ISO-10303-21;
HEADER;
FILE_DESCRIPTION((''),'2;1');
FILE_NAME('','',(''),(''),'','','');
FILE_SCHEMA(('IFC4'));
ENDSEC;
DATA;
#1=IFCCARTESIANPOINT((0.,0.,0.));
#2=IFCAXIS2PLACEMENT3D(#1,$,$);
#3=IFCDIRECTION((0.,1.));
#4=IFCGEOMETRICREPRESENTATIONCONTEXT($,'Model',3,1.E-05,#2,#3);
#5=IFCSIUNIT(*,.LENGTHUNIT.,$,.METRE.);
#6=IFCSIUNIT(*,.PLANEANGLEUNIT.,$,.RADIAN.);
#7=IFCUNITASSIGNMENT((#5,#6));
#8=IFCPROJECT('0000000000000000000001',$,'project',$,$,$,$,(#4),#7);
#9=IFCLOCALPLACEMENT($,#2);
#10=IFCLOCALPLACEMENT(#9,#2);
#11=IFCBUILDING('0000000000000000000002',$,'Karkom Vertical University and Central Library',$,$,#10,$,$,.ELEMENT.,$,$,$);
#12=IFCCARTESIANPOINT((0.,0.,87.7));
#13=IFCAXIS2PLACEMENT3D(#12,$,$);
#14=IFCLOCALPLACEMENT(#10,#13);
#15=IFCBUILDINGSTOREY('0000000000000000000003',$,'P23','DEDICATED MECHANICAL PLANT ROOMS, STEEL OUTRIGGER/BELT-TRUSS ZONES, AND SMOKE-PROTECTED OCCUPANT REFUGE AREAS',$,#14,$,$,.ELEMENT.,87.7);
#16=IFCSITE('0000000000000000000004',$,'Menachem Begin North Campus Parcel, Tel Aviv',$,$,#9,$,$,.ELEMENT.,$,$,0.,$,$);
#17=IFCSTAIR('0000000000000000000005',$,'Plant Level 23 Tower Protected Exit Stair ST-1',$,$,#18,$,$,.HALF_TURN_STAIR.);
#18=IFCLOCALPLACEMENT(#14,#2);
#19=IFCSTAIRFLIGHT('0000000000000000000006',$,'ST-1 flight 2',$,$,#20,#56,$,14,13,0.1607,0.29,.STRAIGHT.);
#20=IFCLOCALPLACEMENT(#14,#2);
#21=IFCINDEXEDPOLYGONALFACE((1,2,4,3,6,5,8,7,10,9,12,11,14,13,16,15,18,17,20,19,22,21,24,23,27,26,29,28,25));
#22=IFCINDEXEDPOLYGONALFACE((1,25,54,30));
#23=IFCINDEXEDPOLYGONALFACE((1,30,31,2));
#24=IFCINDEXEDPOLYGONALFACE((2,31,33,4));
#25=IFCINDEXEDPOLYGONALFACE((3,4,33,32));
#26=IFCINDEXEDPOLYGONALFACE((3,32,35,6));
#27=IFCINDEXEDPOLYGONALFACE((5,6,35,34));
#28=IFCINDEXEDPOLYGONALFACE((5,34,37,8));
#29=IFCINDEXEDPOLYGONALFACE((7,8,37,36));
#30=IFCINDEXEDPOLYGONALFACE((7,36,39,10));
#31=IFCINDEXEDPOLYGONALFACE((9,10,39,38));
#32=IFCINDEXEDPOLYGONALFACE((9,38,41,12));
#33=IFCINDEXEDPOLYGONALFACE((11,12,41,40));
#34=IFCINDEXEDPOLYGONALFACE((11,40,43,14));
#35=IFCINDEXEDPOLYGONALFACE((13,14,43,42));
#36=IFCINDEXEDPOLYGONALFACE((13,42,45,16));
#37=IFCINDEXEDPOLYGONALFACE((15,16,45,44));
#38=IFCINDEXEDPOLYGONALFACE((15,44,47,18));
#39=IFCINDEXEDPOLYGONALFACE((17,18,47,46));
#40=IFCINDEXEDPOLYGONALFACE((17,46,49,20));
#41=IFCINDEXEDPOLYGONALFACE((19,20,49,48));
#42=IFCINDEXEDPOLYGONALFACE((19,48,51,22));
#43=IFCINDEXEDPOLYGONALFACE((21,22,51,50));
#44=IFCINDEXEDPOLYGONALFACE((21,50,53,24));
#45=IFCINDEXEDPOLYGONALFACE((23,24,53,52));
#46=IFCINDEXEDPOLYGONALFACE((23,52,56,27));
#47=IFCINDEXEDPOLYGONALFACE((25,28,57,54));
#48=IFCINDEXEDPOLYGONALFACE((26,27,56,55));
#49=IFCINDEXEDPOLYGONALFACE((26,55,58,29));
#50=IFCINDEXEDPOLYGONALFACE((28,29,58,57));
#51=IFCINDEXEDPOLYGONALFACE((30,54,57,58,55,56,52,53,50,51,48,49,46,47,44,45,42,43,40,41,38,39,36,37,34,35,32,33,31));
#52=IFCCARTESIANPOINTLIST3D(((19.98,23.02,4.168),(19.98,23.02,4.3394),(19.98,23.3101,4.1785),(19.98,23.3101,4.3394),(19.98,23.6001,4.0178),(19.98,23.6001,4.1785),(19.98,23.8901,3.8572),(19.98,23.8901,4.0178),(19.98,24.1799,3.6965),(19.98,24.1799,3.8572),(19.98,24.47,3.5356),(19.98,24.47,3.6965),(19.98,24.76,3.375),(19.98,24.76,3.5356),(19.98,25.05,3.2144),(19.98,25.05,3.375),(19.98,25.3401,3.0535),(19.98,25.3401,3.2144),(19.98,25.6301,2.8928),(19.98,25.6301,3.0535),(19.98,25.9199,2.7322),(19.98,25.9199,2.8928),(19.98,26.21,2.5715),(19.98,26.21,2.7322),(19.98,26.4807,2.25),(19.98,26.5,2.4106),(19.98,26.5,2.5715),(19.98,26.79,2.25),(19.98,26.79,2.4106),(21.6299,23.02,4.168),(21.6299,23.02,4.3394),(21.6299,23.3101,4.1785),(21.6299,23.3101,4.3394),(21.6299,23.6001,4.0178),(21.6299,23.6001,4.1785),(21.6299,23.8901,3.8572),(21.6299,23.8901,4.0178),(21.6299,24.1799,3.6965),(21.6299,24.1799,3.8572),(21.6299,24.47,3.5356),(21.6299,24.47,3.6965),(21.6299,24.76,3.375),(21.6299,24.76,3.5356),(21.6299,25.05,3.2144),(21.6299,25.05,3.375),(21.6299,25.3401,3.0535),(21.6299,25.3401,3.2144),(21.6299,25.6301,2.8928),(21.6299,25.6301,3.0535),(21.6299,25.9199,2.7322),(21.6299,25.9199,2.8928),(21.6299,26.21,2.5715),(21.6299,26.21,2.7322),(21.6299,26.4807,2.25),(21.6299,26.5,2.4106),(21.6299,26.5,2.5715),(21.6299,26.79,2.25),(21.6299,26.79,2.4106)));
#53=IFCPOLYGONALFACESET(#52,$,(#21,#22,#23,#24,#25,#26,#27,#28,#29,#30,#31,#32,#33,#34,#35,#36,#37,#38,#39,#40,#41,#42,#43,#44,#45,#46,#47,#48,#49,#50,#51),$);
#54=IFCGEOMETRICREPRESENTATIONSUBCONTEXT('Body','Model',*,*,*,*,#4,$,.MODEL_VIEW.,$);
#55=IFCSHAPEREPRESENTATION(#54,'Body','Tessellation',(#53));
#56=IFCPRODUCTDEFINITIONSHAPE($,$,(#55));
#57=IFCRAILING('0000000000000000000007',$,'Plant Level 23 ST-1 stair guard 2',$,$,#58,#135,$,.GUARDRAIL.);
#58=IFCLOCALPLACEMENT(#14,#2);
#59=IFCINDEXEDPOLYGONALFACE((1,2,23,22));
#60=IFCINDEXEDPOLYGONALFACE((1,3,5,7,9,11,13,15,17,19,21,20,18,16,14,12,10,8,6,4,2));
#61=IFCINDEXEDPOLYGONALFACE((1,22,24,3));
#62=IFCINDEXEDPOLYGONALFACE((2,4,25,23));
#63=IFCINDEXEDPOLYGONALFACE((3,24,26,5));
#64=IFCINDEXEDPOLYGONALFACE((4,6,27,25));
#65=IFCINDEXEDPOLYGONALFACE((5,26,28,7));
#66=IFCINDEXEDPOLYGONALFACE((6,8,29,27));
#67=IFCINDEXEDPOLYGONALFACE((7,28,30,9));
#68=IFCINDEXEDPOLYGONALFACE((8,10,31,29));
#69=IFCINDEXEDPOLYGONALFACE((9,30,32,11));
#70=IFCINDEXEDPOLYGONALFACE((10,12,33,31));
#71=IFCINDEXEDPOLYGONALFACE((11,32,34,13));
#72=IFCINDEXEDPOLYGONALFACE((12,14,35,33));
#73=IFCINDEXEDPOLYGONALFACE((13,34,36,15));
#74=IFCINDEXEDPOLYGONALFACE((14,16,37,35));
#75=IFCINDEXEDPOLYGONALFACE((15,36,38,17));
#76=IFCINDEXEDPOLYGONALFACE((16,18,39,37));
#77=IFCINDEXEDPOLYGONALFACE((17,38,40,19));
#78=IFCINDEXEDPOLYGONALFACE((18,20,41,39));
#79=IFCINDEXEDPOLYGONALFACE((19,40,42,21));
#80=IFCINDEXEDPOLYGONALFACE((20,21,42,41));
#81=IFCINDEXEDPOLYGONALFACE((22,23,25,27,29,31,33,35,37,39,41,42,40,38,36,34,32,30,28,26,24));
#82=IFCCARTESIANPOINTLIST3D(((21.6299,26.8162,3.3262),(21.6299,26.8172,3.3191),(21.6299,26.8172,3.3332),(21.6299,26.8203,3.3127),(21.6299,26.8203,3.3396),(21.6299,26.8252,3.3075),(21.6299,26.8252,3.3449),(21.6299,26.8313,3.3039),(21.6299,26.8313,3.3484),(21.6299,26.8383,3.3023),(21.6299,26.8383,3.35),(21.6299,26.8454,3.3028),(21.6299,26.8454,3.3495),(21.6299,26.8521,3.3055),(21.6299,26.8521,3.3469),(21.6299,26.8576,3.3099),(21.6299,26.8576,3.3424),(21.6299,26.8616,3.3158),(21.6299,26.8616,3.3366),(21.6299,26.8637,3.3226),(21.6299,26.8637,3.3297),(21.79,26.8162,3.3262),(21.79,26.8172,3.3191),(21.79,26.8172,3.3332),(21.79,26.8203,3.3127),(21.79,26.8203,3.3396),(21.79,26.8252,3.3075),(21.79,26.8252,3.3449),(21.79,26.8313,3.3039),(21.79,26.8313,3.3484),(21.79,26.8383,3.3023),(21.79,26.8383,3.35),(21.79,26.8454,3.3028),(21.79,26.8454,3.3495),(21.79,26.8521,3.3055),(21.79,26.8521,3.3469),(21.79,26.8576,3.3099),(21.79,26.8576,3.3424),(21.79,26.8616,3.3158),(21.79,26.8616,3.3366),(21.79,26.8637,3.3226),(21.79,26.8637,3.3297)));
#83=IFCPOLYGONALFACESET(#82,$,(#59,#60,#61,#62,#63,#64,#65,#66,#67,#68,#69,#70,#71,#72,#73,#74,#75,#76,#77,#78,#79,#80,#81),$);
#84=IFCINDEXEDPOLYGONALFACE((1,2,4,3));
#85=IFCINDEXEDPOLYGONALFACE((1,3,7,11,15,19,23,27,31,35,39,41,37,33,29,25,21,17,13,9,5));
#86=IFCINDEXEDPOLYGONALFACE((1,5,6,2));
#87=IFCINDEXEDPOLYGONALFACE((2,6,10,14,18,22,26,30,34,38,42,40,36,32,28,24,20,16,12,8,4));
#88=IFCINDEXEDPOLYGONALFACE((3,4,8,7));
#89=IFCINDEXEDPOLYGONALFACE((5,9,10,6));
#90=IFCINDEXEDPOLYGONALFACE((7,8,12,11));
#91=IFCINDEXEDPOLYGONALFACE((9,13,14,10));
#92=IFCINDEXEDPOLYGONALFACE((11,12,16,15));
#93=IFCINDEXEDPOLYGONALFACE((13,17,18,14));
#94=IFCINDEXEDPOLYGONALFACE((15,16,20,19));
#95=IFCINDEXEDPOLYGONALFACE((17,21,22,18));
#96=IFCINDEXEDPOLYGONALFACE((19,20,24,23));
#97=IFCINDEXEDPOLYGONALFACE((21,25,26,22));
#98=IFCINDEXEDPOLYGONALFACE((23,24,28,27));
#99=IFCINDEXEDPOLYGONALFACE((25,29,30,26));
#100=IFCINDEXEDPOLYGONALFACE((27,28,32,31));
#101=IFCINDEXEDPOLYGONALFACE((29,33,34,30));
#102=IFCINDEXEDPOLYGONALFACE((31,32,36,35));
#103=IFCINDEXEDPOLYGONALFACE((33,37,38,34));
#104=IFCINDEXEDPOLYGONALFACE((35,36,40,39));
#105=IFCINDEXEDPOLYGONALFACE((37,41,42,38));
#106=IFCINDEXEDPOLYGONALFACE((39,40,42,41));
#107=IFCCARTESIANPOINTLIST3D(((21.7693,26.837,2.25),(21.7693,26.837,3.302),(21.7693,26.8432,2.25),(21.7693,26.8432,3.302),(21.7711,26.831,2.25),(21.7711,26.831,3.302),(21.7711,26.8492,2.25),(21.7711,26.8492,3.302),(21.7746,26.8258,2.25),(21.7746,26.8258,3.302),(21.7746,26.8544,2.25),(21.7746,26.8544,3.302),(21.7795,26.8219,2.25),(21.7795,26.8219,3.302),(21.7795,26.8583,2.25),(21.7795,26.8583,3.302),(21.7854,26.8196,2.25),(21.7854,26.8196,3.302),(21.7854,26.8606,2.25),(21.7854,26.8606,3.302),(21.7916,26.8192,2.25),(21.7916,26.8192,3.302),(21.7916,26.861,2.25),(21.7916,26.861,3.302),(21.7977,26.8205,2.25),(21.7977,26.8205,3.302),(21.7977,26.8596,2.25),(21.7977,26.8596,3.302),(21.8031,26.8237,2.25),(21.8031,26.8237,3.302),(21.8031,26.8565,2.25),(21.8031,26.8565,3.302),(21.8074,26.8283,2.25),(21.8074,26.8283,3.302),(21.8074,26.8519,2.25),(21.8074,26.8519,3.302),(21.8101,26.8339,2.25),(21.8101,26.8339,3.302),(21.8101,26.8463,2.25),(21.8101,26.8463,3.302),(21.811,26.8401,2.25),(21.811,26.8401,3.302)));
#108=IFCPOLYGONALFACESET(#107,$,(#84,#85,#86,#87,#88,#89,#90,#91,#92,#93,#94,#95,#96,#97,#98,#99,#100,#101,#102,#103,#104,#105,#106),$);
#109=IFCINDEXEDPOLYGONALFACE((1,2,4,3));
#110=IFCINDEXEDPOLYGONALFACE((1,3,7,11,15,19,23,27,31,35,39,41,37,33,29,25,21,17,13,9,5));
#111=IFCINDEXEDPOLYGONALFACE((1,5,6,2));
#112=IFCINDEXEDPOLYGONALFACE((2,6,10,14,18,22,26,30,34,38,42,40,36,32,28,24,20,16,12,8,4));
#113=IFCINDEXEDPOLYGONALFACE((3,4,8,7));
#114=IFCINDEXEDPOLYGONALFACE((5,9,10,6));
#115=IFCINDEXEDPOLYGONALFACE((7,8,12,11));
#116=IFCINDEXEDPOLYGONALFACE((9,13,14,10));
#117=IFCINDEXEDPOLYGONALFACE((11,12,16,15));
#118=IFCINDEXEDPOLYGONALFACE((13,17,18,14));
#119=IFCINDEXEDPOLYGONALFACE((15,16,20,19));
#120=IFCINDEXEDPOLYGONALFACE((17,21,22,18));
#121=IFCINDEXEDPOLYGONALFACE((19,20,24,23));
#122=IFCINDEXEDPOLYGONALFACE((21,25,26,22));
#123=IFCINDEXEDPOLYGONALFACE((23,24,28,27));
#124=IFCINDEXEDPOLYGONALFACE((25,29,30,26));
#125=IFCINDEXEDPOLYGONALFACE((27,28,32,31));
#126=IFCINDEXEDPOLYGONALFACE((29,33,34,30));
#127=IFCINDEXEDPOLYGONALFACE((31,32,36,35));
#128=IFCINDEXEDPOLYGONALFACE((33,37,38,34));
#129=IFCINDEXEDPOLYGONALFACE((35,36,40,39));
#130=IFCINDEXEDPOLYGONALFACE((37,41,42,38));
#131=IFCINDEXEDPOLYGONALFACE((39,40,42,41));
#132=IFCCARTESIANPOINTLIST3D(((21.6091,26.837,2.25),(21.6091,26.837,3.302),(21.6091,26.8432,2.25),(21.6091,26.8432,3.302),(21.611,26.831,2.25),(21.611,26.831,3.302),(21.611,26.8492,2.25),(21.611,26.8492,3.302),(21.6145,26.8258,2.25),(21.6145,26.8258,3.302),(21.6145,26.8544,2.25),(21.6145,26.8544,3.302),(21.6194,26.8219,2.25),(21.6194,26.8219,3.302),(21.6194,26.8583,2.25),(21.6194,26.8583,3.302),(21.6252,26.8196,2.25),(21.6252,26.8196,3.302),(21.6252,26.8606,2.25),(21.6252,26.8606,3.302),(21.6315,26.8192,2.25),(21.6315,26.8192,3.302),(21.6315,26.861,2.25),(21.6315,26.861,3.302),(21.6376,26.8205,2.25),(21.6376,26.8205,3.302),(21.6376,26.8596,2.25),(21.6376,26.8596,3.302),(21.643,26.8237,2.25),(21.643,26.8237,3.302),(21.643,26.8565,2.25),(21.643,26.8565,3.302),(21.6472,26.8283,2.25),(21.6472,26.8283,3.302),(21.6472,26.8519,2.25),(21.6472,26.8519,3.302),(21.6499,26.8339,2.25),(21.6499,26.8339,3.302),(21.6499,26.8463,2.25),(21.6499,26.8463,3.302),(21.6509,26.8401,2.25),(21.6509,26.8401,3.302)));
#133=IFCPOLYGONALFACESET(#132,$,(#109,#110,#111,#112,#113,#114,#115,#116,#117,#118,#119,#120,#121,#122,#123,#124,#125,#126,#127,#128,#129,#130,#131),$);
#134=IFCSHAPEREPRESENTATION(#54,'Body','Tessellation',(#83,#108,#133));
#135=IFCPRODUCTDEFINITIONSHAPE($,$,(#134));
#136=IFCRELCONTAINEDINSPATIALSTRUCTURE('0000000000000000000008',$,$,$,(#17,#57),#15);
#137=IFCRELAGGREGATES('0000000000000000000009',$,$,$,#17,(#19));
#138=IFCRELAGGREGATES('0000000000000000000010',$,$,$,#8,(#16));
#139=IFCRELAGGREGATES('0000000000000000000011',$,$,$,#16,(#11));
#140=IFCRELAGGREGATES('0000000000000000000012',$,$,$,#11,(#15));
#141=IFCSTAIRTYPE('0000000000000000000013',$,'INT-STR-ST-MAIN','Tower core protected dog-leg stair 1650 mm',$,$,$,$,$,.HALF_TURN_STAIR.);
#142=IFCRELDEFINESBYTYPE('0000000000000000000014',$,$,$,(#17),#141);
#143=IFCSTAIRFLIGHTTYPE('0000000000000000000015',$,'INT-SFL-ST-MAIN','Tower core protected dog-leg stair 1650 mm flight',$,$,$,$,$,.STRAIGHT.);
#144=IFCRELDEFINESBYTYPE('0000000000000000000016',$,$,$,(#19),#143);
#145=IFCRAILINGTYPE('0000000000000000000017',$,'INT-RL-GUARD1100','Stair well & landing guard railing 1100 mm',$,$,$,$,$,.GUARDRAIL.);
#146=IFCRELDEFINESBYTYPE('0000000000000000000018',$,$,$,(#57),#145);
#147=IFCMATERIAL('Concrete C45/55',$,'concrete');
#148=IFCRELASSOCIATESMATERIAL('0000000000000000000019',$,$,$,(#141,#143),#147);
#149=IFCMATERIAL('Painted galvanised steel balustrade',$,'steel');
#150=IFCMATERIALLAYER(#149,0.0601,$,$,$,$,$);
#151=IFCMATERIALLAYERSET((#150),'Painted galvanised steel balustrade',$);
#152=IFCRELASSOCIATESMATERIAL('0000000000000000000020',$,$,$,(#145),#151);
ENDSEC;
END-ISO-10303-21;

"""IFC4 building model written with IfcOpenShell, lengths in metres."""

from ifc_helpers import new_model, si_unit, direction, frame, origin, origin_2d, place, context, subcontext, project, spatial, polyline, circle, outline, extrude, material, layer, layer_set, type_object, element, aggregate, save


model = new_model("IFC4")

# Units and contexts
model_context = context("Model", 3, precision=1e-05, world=origin(), true_north=direction((0.0, 1.0)))
body_context = subcontext(model_context, "Body", "Model", "MODEL_VIEW")
ifc_project = project(units=[si_unit("LENGTHUNIT", "METRE"), si_unit("PLANEANGLEUNIT", "RADIAN")], contexts=[model_context])

# Site, building, storey
site_placement = place(None, origin())
site = spatial("IfcSite", under=ifc_project, at=site_placement, Name="Menachem Begin North Campus Parcel, Tel Aviv", CompositionType="ELEMENT", RefElevation=0.0)
building_placement = place(site_placement, origin())
building = spatial("IfcBuilding", under=site, at=building_placement, Name="Karkom Vertical University and Central Library", CompositionType="ELEMENT")
storey_placement = place(building_placement, frame((0.0, 0.0, 87.7)))
storey = spatial("IfcBuildingStorey", under=building, at=storey_placement, Name="P23", Description="DEDICATED MECHANICAL PLANT ROOMS, STEEL OUTRIGGER/BELT-TRUSS ZONES, AND SMOKE-PROTECTED OCCUPANT REFUGE AREAS", CompositionType="ELEMENT", Elevation=87.7)

# Shared definitions
ifc_material_1 = material(Name="Concrete C45/55", Category="concrete")

# Stair, stair flight
stair_type = type_object("IfcStairType", Name="INT-STR-ST-MAIN", Description="Tower core protected dog-leg stair 1650 mm", PredefinedType="HALF_TURN_STAIR", material=ifc_material_1)
stair_placement = place(storey_placement, origin())
stair = element("IfcStair", 1, at=stair_placement, inside=storey, type_object=stair_type, Name="Plant Level 23 Tower Protected Exit Stair ST-1", PredefinedType="HALF_TURN_STAIR")
stair_flight_type = type_object("IfcStairFlightType", Name="INT-SFL-ST-MAIN", Description="Tower core protected dog-leg stair 1650 mm flight", PredefinedType="STRAIGHT", material=ifc_material_1)
stair_flight_placement = place(storey_placement, frame((20.8049, 26.79, 2.25), z_axis=(0.0, 0.0, 1.0), x_axis=(0.0, -1.0, 0.0)))
stair_flight = element("IfcStairFlight", 2, at=stair_flight_placement, type_object=stair_flight_type, Name="ST-1 flight 2", NumberOfRisers=14, NumberOfTreads=13, PredefinedType="STRAIGHT", RiserHeight=0.1607, TreadLength=0.29, context=body_context, shape_type="SweptSolid", body=[
    extrude(outline(polyline([(0.0, 0.0), (0.0, 0.1606), (0.29, 0.1606), (0.29, 0.3215), (0.5801, 0.3215), (0.5801, 0.4822), (0.8701, 0.4822), (0.8701, 0.6428), (1.1599, 0.6428), (1.1599, 0.8035), (1.45, 0.8035), (1.45, 0.9644), (1.74, 0.9644), (1.74, 1.125), (2.03, 1.125), (2.03, 1.2856), (2.3201, 1.2856), (2.3201, 1.4465), (2.6101, 1.4465), (2.6101, 1.6072), (2.8999, 1.6072), (2.8999, 1.7678), (3.1899, 1.7678), (3.1899, 1.9285), (3.48, 1.9285), (3.48, 2.0894), (3.77, 2.0894), (3.77, 2.25), (3.77, 1.918), (0.3093, 0.0), (0.0, 0.0)])), frame((0.0, 0.825, 0.0), z_axis=(0.0, -1.0, 0.0), x_axis=(1.0, 0.0, 0.0)), (0.0, 0.0, 1.0), 1.6499),
])
aggregate(stair, [stair_flight])

# Railing
ifc_material_2 = material(Name="Painted galvanised steel balustrade", Category="steel")
ifc_layer_1 = layer(ifc_material_2, 0.0601)
ifc_layer_set_1 = layer_set([ifc_layer_1], Name="Painted galvanised steel balustrade")
railing_type_1 = type_object("IfcRailingType", Name="INT-RL-GUARD1100", Description="Stair well & landing guard railing 1100 mm", PredefinedType="GUARDRAIL", material=ifc_layer_set_1)
railing_1_placement = place(storey_placement, frame((21.79, 26.8401, 2.25)))
element("IfcRailing", 3, at=railing_1_placement, inside=storey, type_object=railing_type_1, Name="Plant Level 23 ST-1 stair guard 2", PredefinedType="GUARDRAIL", context=body_context, shape_type="SweptSolid", body=[
    extrude(circle(Radius=0.0239, at=origin_2d()), frame((0.0, 0.0, 1.0762), z_axis=(-1.0, 0.0, 0.0), x_axis=(0.0, -1.0, 0.0)), (0.0, 0.0, 1.0), 0.1602),
    extrude(circle(Radius=0.021, at=origin_2d()), origin(), (0.0, 0.0, 1.0), 1.052),
    extrude(circle(Radius=0.021, at=origin_2d()), frame((-0.1602, 0.0, 0.0)), (0.0, 0.0, 1.0), 1.052),
])

save(model, "model.ifc")
